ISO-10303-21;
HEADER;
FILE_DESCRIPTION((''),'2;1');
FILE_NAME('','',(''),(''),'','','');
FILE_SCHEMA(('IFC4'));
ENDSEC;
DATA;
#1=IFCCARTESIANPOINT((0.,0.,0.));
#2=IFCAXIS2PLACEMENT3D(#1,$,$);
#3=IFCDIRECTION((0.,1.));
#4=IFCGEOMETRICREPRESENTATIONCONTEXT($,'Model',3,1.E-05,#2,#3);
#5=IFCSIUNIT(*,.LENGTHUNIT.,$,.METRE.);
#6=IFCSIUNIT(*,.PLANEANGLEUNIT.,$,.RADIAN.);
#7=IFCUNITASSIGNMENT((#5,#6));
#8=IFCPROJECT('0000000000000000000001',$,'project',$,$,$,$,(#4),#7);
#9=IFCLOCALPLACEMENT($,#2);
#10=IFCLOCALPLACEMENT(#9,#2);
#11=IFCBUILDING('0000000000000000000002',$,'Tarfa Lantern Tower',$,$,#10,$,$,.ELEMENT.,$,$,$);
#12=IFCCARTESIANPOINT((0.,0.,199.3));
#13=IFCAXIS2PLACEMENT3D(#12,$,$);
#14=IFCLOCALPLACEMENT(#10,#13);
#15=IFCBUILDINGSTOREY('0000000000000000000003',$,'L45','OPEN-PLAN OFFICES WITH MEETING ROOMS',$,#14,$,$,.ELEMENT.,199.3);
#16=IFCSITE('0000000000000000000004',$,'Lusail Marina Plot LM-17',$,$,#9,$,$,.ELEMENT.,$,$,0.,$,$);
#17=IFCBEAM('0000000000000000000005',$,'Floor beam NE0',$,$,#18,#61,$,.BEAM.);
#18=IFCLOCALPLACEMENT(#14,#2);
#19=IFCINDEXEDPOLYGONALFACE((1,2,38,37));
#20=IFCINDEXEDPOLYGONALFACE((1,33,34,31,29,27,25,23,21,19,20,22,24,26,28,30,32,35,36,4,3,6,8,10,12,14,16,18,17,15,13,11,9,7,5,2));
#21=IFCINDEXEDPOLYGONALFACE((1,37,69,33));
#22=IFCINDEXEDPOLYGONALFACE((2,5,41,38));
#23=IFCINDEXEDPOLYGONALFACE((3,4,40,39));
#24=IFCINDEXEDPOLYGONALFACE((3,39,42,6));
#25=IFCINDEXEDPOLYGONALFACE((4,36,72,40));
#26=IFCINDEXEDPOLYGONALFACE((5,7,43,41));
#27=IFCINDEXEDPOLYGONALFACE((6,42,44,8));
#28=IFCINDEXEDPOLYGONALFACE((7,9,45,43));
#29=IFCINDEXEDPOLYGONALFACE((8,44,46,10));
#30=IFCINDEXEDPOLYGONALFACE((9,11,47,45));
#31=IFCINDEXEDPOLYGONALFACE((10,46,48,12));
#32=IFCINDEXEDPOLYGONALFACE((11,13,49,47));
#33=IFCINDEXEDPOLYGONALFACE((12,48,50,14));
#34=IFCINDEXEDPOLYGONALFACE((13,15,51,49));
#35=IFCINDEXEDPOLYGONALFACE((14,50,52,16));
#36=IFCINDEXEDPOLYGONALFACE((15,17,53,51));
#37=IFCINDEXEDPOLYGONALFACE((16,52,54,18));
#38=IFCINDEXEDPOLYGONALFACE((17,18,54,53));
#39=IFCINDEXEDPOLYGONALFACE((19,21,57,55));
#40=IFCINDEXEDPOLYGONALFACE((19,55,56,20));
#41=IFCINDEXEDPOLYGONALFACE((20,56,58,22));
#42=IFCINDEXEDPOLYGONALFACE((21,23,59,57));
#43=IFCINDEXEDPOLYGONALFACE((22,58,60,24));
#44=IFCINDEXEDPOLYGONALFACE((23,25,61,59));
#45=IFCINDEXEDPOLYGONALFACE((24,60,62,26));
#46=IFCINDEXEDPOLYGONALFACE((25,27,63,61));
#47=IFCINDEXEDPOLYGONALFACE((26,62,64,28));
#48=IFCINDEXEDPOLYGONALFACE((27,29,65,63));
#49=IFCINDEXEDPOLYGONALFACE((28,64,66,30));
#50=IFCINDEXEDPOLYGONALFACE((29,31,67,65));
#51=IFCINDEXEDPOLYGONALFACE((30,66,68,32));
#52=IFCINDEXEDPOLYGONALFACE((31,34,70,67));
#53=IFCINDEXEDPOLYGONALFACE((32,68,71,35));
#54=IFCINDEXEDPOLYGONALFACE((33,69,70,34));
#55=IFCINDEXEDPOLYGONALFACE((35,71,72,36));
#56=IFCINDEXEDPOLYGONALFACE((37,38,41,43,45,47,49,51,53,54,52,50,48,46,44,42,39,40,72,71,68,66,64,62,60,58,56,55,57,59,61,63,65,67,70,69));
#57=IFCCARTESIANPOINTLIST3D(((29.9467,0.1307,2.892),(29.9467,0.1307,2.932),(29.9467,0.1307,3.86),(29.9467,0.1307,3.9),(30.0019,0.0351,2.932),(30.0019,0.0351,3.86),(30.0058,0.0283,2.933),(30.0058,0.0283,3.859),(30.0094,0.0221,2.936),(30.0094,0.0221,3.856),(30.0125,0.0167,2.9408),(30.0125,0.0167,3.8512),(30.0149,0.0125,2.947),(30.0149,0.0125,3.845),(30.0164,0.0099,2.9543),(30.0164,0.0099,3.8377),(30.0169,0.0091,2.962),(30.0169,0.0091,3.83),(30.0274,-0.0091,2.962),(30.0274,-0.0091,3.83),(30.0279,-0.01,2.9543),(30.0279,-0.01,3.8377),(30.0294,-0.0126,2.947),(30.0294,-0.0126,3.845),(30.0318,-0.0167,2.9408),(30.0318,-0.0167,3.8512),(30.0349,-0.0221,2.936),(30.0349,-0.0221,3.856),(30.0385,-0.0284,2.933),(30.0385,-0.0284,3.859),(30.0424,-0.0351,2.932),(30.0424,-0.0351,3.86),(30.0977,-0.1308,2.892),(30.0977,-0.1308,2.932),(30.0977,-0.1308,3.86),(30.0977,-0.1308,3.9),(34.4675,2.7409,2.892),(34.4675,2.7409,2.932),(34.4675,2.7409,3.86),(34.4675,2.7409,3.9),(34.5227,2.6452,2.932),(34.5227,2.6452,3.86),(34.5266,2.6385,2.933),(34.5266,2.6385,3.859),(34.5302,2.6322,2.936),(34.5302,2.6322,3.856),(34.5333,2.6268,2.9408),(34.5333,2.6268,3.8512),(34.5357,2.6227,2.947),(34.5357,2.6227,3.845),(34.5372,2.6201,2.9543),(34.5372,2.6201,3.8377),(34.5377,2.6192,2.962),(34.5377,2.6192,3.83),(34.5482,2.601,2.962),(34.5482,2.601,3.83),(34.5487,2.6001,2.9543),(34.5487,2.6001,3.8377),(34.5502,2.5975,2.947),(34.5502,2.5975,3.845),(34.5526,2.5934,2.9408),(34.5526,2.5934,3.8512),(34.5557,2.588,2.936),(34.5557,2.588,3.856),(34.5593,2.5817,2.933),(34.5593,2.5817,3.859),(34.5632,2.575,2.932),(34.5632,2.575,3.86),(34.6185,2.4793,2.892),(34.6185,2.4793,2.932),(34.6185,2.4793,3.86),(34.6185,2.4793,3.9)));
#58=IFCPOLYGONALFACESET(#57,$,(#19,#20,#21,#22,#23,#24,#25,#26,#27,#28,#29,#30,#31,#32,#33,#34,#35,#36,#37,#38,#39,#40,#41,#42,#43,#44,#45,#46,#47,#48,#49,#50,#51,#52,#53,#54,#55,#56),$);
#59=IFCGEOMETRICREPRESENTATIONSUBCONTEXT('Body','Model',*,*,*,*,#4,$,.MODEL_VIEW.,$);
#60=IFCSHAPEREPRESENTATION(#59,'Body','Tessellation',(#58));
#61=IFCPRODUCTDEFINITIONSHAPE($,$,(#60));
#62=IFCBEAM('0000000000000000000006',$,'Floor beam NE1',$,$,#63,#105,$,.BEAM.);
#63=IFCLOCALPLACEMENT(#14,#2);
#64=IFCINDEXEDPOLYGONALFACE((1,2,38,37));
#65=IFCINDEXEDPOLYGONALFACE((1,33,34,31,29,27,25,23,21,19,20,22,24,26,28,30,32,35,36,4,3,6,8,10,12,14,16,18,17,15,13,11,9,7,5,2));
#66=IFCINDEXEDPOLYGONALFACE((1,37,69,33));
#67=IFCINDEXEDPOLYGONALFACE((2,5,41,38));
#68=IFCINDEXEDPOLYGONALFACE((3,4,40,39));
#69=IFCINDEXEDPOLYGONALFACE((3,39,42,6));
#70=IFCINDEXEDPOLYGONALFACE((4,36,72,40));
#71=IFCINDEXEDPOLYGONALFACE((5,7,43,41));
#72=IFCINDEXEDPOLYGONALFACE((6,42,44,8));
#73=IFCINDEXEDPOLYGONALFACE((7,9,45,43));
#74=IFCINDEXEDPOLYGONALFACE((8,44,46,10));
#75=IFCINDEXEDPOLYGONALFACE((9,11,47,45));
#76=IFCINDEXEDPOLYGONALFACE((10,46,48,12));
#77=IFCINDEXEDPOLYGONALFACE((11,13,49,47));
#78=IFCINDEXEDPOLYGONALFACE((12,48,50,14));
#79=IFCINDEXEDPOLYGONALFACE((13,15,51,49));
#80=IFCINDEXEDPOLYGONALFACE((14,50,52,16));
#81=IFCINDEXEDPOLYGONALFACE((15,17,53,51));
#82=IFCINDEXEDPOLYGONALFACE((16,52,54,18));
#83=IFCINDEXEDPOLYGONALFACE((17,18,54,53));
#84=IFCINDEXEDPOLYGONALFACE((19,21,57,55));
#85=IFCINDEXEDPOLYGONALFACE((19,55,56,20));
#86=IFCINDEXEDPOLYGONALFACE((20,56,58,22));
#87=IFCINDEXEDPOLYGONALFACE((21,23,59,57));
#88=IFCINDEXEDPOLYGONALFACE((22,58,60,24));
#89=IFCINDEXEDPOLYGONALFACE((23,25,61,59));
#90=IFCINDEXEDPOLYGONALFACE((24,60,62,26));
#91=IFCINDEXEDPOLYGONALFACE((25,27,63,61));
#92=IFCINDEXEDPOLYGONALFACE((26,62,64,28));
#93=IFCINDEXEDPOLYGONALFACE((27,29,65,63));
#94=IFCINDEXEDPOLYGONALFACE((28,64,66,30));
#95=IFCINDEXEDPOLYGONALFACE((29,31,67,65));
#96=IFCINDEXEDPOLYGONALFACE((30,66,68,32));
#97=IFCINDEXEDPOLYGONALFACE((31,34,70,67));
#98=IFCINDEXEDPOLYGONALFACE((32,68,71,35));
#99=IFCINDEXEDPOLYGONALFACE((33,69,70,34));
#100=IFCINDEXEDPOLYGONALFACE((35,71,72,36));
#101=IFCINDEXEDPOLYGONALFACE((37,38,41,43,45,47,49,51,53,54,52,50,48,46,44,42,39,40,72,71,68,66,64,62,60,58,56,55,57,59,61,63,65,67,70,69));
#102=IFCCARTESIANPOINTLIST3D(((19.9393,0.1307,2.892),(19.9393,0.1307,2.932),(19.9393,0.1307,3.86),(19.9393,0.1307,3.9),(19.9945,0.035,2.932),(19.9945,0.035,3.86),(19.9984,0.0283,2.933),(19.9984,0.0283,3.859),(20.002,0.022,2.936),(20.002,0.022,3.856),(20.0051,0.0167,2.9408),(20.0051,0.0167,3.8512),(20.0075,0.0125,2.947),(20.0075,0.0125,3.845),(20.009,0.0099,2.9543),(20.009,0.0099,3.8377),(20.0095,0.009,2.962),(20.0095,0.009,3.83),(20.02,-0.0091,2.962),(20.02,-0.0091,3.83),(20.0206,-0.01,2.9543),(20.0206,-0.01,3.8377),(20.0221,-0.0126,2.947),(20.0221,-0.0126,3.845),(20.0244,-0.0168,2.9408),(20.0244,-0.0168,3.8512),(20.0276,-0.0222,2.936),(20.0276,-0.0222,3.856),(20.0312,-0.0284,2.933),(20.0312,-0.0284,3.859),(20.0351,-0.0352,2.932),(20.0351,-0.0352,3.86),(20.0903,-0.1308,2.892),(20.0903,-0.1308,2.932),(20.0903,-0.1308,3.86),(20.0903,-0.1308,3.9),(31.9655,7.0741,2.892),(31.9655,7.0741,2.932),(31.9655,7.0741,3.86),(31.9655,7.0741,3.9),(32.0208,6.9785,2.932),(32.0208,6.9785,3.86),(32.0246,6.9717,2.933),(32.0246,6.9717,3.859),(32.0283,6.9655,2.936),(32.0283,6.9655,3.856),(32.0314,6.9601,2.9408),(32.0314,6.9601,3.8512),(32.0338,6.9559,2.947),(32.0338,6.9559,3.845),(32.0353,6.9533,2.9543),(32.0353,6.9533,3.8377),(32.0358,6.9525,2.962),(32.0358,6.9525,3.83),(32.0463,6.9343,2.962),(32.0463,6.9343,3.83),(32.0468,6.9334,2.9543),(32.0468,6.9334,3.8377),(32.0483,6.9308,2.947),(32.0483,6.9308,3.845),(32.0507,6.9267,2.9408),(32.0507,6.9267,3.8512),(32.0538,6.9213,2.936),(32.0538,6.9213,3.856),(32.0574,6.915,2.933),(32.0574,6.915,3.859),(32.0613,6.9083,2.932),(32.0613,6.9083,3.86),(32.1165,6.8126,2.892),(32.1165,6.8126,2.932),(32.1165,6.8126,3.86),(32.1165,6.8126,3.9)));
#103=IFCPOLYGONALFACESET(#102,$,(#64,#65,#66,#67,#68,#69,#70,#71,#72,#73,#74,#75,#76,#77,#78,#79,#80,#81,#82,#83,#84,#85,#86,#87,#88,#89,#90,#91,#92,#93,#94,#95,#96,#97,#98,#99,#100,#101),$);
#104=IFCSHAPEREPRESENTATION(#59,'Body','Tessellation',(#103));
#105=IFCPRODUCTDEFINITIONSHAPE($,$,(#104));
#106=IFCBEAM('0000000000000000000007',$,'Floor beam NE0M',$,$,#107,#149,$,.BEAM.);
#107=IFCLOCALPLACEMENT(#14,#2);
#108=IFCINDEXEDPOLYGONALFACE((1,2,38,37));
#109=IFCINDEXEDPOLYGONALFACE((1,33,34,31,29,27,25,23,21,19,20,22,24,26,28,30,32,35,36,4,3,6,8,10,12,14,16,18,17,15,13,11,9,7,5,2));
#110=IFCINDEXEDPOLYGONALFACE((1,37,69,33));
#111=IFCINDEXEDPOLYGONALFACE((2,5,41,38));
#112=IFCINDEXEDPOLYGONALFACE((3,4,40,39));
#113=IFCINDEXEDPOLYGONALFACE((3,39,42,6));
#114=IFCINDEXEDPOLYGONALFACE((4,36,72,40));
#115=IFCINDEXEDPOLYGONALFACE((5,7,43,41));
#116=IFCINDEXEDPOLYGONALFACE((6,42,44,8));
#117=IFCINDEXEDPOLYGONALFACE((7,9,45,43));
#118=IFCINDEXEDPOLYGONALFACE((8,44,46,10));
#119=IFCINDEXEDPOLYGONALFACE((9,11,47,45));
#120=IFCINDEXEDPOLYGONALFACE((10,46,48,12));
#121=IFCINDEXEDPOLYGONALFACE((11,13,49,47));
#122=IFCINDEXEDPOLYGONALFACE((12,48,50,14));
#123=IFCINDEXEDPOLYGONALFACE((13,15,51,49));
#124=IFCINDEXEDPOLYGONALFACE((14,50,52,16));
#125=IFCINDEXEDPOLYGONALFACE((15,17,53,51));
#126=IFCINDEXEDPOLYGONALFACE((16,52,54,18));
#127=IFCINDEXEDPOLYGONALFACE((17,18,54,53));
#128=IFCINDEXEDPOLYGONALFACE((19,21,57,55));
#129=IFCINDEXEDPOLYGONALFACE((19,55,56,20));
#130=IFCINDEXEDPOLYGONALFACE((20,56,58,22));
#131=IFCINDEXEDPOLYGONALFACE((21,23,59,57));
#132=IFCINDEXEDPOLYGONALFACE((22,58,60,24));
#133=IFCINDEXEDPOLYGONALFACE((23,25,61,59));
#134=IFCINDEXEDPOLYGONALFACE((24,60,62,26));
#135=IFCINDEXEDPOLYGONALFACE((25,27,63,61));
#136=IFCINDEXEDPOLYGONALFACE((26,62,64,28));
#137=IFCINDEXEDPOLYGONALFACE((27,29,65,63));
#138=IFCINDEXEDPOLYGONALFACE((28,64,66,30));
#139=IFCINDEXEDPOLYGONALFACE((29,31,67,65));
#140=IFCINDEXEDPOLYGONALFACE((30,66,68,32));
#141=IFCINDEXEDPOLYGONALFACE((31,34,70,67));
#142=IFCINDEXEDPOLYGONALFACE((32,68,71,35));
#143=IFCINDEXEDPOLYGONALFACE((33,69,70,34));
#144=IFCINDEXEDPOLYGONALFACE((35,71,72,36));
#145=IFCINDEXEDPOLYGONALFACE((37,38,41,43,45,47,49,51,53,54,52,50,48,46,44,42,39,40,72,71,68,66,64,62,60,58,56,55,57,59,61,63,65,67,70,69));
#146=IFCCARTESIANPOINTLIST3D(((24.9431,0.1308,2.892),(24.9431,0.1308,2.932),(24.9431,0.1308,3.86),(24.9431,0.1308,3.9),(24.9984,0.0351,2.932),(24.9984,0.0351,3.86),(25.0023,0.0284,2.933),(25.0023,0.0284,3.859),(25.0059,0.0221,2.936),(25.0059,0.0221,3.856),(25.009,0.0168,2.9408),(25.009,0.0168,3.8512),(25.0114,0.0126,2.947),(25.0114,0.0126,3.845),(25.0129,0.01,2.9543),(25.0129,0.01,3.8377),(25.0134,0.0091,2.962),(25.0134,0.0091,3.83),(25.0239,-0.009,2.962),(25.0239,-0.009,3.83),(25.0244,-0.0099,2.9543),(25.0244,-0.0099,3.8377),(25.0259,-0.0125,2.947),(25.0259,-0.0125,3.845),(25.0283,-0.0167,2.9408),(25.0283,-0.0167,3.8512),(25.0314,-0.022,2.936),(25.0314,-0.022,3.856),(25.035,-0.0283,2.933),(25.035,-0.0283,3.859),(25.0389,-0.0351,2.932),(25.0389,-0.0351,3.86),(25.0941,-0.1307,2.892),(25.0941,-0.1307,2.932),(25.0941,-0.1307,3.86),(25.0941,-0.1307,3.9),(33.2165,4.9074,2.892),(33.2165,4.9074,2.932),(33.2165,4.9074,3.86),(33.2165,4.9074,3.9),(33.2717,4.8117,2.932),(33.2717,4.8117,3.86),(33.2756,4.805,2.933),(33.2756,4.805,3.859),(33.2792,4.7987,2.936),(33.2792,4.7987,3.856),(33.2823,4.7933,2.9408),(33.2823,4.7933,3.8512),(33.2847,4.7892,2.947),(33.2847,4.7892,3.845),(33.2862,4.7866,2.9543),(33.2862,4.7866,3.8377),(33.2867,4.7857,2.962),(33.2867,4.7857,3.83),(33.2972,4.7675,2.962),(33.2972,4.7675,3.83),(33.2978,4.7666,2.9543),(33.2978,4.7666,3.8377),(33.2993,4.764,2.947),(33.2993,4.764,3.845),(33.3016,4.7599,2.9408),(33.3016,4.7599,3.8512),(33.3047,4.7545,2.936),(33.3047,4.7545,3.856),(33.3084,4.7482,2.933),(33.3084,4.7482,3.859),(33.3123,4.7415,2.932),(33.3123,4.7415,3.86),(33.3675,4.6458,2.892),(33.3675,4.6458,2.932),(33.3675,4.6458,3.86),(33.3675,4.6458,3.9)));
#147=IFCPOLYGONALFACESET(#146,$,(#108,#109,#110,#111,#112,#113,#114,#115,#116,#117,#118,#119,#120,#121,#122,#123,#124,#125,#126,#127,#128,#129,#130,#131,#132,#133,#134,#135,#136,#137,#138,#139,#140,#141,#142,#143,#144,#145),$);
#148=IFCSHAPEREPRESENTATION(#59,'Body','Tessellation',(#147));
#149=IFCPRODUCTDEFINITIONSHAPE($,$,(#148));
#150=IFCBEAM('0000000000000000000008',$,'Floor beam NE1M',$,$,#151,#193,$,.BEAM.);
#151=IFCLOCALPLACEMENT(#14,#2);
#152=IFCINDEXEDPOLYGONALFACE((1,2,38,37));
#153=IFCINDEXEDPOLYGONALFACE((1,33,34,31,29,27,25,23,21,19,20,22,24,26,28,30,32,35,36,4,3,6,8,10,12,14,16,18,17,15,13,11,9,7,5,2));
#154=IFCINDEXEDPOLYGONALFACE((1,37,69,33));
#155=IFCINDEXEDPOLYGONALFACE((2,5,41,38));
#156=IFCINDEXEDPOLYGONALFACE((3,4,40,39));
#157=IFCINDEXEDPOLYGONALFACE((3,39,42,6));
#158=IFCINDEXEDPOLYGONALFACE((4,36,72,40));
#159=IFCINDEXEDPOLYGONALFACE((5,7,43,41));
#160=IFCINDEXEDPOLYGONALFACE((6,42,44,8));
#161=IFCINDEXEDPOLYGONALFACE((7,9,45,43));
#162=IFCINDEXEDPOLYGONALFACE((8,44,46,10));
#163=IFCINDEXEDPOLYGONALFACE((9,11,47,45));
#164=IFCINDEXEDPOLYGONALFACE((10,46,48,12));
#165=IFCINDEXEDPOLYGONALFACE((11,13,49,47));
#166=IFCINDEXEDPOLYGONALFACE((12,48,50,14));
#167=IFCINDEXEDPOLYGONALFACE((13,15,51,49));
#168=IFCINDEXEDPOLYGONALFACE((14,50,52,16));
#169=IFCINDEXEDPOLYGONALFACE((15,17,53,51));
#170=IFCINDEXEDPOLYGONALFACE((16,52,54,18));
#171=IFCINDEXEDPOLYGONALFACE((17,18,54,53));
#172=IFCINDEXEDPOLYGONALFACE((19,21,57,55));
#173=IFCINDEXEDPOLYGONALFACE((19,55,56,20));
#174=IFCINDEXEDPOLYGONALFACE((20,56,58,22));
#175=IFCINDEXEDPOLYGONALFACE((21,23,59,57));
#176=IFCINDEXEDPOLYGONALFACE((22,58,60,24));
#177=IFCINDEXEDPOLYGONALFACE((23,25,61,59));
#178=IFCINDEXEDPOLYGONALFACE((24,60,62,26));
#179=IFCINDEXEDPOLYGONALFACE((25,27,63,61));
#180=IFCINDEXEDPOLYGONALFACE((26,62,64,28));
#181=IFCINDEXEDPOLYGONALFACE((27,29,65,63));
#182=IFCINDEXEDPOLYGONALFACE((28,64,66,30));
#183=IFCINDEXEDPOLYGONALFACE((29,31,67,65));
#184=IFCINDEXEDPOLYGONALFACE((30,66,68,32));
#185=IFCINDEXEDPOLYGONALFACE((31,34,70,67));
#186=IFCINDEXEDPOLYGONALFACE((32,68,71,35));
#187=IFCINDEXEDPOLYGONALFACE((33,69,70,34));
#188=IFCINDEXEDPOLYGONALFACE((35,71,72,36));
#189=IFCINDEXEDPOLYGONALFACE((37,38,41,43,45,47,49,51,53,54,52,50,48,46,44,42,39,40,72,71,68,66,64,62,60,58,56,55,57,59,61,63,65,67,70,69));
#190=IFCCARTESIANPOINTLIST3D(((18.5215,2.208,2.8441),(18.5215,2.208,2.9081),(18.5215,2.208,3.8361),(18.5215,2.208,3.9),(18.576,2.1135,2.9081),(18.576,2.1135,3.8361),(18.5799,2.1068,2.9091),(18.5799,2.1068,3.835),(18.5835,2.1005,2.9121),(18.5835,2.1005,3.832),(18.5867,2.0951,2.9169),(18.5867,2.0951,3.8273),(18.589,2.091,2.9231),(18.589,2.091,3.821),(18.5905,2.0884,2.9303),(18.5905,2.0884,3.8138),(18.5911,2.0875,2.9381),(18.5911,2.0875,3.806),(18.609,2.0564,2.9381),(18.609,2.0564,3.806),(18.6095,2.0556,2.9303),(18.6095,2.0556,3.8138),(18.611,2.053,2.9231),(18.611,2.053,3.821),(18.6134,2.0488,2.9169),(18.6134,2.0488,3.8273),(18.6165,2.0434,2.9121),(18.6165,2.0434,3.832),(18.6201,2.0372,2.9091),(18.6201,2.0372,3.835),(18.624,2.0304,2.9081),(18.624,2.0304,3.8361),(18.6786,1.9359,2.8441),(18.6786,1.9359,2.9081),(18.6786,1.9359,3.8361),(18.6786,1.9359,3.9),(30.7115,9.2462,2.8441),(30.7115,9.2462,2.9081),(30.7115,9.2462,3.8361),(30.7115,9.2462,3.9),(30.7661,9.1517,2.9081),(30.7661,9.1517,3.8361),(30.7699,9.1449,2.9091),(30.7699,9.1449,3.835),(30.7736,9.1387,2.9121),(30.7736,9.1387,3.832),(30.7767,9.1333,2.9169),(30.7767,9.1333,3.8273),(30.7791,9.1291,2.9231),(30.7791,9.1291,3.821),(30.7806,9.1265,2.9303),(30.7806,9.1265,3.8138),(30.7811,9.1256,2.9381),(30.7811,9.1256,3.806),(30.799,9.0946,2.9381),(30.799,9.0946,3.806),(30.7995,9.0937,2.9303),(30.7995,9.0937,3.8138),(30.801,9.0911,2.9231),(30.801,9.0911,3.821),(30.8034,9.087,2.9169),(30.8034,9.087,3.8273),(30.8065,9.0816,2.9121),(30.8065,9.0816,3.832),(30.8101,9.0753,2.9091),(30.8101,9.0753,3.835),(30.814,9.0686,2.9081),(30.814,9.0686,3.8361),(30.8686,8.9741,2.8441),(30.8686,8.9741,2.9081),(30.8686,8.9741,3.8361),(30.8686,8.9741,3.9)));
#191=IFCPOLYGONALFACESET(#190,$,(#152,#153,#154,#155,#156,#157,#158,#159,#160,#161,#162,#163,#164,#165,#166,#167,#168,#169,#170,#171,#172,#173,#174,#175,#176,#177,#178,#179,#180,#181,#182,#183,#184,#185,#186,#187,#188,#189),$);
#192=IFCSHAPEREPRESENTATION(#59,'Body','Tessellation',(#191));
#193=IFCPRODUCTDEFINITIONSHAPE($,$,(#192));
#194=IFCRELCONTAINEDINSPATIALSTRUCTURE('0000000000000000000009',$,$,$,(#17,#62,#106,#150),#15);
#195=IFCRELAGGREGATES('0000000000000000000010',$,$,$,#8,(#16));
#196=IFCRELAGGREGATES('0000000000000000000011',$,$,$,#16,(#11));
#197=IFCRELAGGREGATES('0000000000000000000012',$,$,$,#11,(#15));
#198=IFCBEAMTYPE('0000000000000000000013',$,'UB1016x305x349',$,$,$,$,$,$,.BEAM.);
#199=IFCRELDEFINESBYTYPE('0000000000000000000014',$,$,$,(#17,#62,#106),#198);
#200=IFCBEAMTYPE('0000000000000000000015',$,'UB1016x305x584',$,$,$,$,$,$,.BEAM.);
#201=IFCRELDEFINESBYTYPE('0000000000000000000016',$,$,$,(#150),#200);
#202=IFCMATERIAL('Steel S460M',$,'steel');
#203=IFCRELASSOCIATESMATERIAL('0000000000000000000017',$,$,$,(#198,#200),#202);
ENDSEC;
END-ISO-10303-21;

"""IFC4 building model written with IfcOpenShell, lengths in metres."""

from ifc_helpers import new_model, si_unit, direction, frame, origin, origin_2d, place, context, subcontext, project, spatial, i_section, extrude, material, material_profile, profile_set, type_object, element, save


model = new_model("IFC4")

# Units and contexts
model_context = context("Model", 3, precision=1e-05, world=origin(), true_north=direction((0.0, 1.0)))
body_context = subcontext(model_context, "Body", "Model", "MODEL_VIEW")
ifc_project = project(units=[si_unit("LENGTHUNIT", "METRE"), si_unit("PLANEANGLEUNIT", "RADIAN")], contexts=[model_context])

# Site, building, storey
site_placement = place(None, origin())
site = spatial("IfcSite", under=ifc_project, at=site_placement, Name="Lusail Marina Plot LM-17", CompositionType="ELEMENT", RefElevation=0.0)
building_placement = place(site_placement, origin())
building = spatial("IfcBuilding", under=site, at=building_placement, Name="Tarfa Lantern Tower", CompositionType="ELEMENT")
storey_placement = place(building_placement, frame((0.0, 0.0, 199.3)))
storey = spatial("IfcBuildingStorey", under=building, at=storey_placement, Name="L45", Description="OPEN-PLAN OFFICES WITH MEETING ROOMS", CompositionType="ELEMENT", Elevation=199.3)

# Beams
ifc_material_1 = material(Name="Steel S460M", Category="steel")
ifc_material_profile_1 = material_profile(ifc_material_1, i_section(OverallWidth=0.302, OverallDepth=1.0081, WebThickness=0.021, FlangeThickness=0.04, FilletRadius=0.03, at=origin_2d()), Name="UB1016x305x349")
ifc_profile_set_1 = profile_set([ifc_material_profile_1], Name="Steel S460M")
beam_type_1 = type_object("IfcBeamType", Name="UB1016x305x349", PredefinedType="BEAM", material=ifc_profile_set_1)
beam_1_placement = place(storey_placement, frame((34.543, 2.6101, 3.396), z_axis=(-0.866021, -0.500007, 0.0), x_axis=(0.500007, -0.866021, 0.0)))
element("IfcBeam", 1, at=beam_1_placement, inside=storey, type_object=beam_type_1, Name="Floor beam NE0", PredefinedType="BEAM", context=body_context, shape_type="SweptSolid", body=[
    extrude(i_section(OverallWidth=0.302, OverallDepth=1.0081, WebThickness=0.021, FlangeThickness=0.04, FilletRadius=0.03, at=origin_2d()), origin(), (0.0, 0.0, 1.0), 5.2202),
])
beam_2_placement = place(storey_placement, frame((32.041, 6.9434, 3.396), z_axis=(-0.866023, -0.500004, 0.0), x_axis=(0.500004, -0.866023, 0.0)))
element("IfcBeam", 2, at=beam_2_placement, inside=storey, type_object=beam_type_1, Name="Floor beam NE1", PredefinedType="BEAM", context=body_context, shape_type="SweptSolid", body=[
    extrude(i_section(OverallWidth=0.302, OverallDepth=1.0081, WebThickness=0.021, FlangeThickness=0.04, FilletRadius=0.03, at=origin_2d()), origin(), (0.0, 0.0, 1.0), 13.8867),
])
beam_3_placement = place(storey_placement, frame((33.292, 4.7766, 3.396), z_axis=(-0.866028, -0.499995, 0.0), x_axis=(0.499995, -0.866028, 0.0)))
element("IfcBeam", 3, at=beam_3_placement, inside=storey, type_object=beam_type_1, Name="Floor beam NE0M", PredefinedType="BEAM", context=body_context, shape_type="SweptSolid", body=[
    extrude(i_section(OverallWidth=0.302, OverallDepth=1.0081, WebThickness=0.021, FlangeThickness=0.04, FilletRadius=0.03, at=origin_2d()), origin(), (0.0, 0.0, 1.0), 9.5532),
])
ifc_material_profile_2 = material_profile(ifc_material_1, i_section(OverallWidth=0.3142, OverallDepth=1.0559, WebThickness=0.0359, FlangeThickness=0.064, FilletRadius=0.03, at=origin_2d()), Name="UB1016x305x584")
ifc_profile_set_2 = profile_set([ifc_material_profile_2], Name="Steel S460M")
beam_type_2 = type_object("IfcBeamType", Name="UB1016x305x584", PredefinedType="BEAM", material=ifc_profile_set_2)
beam_4_placement = place(storey_placement, frame((30.79, 9.1101, 3.3721), z_axis=(-0.866019, -0.500012, 0.0), x_axis=(0.500012, -0.866019, 0.0)))
element("IfcBeam", 4, at=beam_4_placement, inside=storey, type_object=beam_type_2, Name="Floor beam NE1M", PredefinedType="BEAM", context=body_context, shape_type="SweptSolid", body=[
    extrude(i_section(OverallWidth=0.3142, OverallDepth=1.0559, WebThickness=0.0359, FlangeThickness=0.064, FilletRadius=0.03, at=origin_2d()), origin(), (0.0, 0.0, 1.0), 14.0759),
])

save(model, "model.ifc")
